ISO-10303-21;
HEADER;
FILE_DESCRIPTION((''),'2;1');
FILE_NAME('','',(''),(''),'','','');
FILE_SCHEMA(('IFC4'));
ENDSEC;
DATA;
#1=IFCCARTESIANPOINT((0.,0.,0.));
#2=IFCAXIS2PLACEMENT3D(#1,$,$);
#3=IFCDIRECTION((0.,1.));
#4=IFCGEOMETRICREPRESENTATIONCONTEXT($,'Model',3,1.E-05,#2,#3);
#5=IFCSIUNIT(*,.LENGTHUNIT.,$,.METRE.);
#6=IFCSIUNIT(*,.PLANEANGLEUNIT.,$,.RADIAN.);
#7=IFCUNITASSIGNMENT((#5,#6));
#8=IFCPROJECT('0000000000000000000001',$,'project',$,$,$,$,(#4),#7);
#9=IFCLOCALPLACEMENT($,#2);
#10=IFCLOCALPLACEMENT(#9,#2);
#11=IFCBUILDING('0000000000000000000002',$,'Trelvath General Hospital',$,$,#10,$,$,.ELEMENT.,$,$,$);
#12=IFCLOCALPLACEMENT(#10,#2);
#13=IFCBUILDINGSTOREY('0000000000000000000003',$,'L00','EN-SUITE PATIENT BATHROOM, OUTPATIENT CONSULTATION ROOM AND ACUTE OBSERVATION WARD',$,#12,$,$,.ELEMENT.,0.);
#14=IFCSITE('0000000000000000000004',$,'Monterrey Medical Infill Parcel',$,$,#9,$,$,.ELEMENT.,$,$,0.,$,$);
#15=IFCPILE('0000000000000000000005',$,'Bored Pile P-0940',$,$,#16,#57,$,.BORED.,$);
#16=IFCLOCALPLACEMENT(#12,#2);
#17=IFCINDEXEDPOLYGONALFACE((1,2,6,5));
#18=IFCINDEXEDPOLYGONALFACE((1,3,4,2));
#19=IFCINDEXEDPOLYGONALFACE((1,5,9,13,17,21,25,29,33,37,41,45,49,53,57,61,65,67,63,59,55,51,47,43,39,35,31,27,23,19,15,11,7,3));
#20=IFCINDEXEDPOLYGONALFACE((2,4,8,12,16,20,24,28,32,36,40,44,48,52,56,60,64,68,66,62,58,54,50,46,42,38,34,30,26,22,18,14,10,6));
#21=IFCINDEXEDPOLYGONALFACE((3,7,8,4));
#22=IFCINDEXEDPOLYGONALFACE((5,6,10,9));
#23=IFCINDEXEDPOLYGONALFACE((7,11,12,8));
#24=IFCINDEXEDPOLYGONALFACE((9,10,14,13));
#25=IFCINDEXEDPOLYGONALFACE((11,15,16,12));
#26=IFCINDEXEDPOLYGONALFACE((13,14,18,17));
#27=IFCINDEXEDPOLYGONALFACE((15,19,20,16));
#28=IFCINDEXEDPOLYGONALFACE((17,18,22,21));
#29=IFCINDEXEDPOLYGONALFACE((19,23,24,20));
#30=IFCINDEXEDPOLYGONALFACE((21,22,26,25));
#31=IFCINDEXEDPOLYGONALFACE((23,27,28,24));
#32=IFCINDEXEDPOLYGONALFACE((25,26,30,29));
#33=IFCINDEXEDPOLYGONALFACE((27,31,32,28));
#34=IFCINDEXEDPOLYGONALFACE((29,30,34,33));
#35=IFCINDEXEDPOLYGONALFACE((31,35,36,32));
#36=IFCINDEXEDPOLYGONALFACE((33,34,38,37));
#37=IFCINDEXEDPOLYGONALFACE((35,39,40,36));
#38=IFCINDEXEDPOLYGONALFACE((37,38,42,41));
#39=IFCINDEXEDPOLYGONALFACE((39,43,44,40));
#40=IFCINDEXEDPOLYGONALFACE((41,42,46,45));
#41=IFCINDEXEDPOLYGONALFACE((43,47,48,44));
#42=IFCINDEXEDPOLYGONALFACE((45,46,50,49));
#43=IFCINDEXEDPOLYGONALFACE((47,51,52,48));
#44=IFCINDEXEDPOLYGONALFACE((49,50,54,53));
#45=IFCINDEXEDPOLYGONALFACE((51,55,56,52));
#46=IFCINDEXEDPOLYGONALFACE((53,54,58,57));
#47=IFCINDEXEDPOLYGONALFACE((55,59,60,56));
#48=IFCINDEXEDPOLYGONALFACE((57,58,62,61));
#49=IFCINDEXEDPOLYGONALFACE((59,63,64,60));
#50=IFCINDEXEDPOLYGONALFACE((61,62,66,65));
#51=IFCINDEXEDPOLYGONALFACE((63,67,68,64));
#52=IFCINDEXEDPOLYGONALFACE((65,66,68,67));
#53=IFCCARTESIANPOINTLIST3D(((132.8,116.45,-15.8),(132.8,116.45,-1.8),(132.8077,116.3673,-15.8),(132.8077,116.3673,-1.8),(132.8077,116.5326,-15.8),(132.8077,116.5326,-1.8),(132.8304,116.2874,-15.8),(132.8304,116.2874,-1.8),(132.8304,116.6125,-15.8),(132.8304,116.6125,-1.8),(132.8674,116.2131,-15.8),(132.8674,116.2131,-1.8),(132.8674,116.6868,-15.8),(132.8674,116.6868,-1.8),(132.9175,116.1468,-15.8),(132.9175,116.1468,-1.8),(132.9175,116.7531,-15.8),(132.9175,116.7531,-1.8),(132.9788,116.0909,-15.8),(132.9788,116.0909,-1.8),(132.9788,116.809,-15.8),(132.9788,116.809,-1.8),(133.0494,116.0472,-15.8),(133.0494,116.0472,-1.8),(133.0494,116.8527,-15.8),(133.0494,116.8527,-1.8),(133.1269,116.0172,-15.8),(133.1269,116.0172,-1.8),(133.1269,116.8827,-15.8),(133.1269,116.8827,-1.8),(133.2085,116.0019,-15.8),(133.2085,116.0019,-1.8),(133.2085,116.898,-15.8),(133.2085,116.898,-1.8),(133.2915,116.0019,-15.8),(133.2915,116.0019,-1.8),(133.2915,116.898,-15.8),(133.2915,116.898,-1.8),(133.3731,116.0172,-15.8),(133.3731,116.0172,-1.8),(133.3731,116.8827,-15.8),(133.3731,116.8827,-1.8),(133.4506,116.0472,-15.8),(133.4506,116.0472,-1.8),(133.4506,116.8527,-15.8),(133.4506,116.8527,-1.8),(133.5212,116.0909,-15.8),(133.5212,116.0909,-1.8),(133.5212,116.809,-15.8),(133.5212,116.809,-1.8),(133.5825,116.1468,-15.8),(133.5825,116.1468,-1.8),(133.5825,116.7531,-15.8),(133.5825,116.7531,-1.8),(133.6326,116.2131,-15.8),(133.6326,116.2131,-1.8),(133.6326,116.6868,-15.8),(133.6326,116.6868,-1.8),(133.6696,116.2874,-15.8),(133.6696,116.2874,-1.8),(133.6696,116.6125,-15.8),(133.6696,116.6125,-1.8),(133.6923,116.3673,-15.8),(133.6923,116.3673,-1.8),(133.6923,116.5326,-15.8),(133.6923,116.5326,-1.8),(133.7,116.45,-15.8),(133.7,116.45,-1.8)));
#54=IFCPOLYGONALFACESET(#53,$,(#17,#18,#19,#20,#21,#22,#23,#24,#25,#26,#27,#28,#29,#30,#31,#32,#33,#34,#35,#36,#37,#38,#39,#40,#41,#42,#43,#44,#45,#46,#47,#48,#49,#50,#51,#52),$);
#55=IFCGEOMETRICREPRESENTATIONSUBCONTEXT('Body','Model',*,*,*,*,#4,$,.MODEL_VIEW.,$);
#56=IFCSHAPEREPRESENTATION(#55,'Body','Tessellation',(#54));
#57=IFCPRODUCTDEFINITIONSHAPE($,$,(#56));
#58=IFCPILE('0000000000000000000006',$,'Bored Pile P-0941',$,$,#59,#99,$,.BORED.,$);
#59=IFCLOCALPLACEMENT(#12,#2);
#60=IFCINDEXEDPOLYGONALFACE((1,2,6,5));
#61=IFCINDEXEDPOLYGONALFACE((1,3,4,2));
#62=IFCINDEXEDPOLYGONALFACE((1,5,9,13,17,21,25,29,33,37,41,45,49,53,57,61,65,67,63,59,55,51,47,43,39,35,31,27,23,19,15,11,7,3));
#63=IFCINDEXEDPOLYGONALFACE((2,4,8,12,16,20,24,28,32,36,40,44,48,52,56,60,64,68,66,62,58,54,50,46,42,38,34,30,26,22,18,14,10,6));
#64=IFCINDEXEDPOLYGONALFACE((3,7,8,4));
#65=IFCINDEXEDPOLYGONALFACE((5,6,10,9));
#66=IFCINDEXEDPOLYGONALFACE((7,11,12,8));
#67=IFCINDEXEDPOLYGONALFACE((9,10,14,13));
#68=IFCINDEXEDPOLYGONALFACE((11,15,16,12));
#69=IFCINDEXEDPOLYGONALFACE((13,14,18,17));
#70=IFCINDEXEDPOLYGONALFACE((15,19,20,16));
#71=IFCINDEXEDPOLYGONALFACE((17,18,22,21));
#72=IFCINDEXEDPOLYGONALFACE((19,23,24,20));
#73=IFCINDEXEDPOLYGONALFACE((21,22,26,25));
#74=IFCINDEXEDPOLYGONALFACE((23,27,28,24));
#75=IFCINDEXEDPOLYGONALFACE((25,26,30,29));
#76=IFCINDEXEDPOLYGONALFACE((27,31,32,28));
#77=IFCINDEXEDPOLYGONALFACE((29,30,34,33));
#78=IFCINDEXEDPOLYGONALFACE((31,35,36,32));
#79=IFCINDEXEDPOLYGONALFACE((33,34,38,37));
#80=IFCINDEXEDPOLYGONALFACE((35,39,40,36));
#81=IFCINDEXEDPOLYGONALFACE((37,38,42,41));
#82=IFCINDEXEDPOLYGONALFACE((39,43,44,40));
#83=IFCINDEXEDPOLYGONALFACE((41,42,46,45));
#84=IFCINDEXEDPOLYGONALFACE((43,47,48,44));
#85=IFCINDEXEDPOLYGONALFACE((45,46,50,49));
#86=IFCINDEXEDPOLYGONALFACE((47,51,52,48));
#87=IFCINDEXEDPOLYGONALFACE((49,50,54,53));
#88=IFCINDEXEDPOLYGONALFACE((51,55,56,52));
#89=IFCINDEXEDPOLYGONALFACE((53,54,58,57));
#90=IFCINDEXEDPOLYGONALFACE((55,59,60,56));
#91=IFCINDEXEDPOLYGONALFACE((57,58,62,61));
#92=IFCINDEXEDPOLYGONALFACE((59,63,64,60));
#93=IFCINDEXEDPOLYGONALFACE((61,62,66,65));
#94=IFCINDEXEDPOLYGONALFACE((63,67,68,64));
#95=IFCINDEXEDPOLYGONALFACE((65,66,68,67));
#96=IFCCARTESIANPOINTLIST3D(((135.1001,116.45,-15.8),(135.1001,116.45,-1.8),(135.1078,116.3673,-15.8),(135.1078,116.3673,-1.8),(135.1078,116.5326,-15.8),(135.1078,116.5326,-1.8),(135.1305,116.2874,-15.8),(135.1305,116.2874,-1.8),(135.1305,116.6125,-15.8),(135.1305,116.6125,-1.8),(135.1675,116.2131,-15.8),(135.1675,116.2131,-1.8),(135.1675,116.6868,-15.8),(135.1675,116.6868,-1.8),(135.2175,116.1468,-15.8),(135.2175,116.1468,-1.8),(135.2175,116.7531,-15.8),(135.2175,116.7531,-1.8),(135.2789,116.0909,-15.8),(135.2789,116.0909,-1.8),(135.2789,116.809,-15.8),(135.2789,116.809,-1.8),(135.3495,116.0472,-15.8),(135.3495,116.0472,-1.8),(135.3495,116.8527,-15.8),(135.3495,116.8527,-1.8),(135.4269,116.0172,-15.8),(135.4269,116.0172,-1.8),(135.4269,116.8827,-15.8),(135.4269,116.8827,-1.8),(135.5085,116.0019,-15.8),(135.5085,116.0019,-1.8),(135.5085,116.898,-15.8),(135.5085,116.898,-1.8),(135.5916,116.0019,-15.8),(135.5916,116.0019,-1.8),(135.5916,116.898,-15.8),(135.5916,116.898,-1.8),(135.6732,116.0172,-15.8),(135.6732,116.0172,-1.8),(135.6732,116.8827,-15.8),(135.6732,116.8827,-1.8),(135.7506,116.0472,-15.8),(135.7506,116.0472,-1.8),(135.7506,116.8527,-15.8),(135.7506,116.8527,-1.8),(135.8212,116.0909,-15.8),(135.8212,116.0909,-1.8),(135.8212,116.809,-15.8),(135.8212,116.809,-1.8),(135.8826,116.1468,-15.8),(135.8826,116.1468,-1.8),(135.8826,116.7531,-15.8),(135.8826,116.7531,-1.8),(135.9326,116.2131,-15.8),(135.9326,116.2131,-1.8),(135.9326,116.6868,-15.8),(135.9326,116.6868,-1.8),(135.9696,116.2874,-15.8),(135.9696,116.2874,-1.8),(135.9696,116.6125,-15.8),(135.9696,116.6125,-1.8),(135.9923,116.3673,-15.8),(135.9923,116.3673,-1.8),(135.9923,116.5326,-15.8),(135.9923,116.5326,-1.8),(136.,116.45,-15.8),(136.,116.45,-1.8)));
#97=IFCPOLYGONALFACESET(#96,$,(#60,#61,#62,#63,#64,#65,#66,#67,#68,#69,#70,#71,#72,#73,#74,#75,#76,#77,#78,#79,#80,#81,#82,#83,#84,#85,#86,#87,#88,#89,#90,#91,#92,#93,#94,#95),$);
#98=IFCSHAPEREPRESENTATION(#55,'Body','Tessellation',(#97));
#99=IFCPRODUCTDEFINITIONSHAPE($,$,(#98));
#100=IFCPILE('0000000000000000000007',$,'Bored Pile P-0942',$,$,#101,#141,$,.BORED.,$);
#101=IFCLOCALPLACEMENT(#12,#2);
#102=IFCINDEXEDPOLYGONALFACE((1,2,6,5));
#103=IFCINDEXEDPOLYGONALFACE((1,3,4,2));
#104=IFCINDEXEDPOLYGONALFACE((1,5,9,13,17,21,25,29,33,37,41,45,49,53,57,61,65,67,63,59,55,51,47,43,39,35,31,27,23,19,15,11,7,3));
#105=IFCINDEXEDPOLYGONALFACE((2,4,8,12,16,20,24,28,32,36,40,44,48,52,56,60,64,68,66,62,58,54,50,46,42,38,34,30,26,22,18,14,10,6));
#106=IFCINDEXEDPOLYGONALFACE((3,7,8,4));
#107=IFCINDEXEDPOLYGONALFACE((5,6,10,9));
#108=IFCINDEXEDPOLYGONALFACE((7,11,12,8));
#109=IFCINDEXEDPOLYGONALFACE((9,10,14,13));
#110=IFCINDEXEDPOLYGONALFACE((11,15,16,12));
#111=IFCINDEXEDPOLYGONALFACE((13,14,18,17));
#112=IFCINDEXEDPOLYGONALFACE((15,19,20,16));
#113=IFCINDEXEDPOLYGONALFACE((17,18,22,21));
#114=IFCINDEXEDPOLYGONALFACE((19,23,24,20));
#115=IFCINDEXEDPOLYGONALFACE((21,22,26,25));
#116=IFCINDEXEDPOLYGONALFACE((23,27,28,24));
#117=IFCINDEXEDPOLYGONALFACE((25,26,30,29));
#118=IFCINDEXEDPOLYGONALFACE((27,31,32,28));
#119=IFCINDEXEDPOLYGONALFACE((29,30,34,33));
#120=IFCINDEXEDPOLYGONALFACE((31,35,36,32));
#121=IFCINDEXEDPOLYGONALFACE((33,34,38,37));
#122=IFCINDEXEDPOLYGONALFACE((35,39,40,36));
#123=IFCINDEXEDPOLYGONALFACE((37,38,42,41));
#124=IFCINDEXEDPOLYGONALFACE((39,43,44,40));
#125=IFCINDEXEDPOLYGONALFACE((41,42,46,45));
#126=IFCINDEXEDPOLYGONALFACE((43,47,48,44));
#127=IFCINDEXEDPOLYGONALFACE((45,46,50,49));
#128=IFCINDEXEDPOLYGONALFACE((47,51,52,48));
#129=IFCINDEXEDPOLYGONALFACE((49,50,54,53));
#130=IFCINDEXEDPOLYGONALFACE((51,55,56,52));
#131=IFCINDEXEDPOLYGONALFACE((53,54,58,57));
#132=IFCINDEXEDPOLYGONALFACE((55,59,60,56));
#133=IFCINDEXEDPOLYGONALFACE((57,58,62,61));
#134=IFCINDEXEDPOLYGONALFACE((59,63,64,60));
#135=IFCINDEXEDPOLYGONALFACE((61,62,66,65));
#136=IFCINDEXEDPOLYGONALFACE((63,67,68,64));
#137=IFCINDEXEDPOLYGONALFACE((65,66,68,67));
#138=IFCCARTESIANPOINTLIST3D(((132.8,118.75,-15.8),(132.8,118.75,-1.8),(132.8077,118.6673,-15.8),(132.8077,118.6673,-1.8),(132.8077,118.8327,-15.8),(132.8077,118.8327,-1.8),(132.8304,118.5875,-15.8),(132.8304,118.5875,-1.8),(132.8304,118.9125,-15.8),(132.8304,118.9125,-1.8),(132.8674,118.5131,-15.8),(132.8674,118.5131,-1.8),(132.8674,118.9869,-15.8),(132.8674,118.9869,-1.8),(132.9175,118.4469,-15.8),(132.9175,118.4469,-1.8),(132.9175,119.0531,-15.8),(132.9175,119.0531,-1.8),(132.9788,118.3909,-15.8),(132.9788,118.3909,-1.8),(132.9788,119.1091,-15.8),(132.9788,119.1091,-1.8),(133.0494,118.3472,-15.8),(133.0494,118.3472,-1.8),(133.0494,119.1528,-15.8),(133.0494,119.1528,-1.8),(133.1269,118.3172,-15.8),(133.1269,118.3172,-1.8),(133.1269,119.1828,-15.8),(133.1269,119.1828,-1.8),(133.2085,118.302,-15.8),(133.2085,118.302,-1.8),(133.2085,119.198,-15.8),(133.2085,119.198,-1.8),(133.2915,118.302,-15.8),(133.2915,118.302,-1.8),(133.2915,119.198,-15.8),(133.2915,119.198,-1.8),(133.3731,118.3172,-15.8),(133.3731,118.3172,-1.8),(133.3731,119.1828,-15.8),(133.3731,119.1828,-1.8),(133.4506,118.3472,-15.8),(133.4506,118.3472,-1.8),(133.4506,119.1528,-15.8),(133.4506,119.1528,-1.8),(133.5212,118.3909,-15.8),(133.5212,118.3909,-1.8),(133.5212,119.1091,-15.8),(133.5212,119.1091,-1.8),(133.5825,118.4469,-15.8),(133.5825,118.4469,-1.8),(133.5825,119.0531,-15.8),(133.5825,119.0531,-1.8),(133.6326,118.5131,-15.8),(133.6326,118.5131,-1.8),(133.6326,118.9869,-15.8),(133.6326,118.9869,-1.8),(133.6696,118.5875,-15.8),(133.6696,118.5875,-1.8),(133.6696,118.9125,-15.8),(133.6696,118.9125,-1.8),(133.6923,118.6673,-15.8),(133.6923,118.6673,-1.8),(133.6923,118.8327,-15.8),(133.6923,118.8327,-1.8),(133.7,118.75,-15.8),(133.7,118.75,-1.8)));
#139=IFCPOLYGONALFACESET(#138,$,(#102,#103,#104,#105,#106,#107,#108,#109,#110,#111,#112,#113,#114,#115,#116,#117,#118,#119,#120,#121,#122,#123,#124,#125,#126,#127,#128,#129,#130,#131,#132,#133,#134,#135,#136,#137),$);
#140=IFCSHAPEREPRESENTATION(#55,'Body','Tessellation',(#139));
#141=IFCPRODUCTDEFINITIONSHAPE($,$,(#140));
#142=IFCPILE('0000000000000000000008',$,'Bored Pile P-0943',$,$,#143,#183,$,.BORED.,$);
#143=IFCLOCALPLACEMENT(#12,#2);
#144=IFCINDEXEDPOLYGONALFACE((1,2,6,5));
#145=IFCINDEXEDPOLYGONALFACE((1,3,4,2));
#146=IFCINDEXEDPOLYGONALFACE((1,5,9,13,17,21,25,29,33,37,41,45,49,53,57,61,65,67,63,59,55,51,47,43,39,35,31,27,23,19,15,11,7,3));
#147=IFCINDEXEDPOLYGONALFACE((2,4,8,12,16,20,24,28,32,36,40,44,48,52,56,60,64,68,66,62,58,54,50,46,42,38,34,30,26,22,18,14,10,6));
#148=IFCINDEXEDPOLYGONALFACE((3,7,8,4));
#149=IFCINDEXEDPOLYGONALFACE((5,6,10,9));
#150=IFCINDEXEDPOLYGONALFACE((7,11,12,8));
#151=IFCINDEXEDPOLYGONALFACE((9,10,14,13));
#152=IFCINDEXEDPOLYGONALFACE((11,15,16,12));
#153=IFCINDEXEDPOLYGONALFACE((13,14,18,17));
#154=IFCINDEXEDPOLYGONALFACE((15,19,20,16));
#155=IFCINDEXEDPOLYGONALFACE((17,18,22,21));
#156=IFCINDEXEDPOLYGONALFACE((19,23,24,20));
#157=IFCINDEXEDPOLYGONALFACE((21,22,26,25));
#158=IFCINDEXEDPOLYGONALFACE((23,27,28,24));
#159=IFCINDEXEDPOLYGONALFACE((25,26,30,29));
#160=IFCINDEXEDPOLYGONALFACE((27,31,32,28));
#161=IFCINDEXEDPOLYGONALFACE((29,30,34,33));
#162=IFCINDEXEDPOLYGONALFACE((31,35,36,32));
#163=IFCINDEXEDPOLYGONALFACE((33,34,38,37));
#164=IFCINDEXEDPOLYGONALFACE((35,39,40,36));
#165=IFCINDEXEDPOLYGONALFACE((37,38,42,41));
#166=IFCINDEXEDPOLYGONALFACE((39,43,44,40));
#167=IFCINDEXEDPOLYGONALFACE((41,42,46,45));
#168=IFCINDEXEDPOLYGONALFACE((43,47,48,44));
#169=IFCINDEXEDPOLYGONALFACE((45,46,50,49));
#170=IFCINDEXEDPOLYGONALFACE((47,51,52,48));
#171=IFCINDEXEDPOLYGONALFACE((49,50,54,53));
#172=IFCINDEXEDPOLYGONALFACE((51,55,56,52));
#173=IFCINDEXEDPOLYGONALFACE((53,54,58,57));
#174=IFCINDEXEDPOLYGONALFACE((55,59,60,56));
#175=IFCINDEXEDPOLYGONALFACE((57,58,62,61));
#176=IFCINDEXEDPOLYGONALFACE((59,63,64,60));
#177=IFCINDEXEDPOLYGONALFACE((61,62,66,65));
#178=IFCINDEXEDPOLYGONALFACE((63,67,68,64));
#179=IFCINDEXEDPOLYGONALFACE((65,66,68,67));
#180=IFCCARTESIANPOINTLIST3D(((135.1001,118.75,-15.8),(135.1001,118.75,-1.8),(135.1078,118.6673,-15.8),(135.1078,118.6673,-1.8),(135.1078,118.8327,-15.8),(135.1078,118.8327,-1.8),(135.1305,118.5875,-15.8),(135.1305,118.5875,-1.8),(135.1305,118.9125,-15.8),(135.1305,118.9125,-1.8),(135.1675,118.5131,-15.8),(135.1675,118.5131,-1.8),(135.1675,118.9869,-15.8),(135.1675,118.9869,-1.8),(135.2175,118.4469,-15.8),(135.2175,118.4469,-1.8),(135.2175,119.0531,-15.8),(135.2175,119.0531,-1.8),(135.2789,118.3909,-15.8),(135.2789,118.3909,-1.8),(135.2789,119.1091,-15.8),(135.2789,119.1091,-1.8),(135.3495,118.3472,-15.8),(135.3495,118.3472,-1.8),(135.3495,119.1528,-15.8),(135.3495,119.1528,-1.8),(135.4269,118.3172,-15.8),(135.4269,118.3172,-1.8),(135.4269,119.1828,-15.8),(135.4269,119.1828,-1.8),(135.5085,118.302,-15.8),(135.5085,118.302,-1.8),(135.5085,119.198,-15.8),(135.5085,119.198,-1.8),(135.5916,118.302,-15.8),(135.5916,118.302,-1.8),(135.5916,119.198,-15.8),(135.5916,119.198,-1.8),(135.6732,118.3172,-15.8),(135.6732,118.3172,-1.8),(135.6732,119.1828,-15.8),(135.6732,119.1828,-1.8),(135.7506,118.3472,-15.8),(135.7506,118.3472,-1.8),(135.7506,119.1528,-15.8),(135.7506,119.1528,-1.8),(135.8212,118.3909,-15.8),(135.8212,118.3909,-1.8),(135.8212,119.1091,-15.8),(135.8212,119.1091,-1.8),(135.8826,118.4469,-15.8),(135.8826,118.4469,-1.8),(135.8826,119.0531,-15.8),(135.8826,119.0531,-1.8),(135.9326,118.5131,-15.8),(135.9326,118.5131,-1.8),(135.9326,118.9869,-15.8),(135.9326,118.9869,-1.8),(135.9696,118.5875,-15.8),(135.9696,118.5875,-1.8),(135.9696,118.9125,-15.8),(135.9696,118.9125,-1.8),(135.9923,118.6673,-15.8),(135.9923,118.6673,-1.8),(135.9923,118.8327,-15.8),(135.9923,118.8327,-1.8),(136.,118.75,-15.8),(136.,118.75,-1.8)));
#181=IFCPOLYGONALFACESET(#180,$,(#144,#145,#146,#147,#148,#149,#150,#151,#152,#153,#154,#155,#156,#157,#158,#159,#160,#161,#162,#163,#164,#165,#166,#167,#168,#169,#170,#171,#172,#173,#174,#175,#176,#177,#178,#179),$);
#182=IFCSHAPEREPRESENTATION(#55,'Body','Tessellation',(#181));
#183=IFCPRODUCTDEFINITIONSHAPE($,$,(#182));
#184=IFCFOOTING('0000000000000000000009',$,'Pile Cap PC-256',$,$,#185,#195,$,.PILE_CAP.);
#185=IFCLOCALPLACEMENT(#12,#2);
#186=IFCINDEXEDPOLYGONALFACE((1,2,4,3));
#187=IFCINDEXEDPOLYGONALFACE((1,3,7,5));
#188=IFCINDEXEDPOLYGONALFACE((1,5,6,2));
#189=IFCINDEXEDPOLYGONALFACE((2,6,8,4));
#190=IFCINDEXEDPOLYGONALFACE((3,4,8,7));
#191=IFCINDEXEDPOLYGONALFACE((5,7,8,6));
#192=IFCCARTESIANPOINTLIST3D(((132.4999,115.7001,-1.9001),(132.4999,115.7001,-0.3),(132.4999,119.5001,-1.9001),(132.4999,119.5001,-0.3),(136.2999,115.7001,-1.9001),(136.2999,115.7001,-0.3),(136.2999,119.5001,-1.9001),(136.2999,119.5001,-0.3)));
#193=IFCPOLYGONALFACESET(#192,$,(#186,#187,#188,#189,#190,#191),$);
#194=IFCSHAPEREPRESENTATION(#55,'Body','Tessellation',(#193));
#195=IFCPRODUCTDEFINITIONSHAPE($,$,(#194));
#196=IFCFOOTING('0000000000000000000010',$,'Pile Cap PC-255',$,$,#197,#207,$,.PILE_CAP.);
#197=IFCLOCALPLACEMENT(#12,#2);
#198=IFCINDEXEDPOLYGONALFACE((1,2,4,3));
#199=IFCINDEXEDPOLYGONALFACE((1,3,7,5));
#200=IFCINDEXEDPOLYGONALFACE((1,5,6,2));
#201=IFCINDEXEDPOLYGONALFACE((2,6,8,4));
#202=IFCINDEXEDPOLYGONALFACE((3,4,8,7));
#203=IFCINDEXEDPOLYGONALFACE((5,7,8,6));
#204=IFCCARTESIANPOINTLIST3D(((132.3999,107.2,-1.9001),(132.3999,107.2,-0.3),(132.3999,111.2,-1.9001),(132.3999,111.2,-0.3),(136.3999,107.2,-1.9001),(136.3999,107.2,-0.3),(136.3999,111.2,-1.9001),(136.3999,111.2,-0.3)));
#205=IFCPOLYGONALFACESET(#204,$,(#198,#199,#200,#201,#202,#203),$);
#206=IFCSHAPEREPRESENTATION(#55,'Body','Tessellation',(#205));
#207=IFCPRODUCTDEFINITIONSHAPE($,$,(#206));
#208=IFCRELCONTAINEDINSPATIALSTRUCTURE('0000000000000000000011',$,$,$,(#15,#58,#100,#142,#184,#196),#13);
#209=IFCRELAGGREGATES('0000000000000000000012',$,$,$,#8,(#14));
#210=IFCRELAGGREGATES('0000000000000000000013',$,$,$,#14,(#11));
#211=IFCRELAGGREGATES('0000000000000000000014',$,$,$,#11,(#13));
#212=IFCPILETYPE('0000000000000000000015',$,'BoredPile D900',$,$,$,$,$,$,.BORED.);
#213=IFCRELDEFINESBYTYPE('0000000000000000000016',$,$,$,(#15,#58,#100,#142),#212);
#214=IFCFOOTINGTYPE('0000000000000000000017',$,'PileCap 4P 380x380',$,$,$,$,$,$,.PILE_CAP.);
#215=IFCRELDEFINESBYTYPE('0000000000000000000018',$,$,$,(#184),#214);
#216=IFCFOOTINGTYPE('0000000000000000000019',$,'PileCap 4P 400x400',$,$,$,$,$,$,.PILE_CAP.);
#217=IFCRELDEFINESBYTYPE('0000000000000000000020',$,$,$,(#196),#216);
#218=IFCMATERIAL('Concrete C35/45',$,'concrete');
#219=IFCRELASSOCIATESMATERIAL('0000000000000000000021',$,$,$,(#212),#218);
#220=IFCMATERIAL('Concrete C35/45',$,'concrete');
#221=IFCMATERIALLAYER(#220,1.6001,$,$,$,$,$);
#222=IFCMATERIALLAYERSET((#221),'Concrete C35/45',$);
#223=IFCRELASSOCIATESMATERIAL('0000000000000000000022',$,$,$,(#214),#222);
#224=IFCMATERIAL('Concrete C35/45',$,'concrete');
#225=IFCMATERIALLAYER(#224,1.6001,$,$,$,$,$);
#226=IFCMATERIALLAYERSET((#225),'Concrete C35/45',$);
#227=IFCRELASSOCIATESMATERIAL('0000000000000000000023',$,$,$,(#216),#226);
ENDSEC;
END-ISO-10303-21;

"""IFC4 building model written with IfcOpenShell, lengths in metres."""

from ifc_helpers import new_model, si_unit, direction, frame, origin, origin_2d, place, context, subcontext, project, spatial, rectangle, circle, extrude, material, layer, layer_set, material_profile, profile_set, type_object, element, save


model = new_model("IFC4")

# Units and contexts
model_context = context("Model", 3, precision=1e-05, world=origin(), true_north=direction((0.0, 1.0)))
body_context = subcontext(model_context, "Body", "Model", "MODEL_VIEW")
ifc_project = project(units=[si_unit("LENGTHUNIT", "METRE"), si_unit("PLANEANGLEUNIT", "RADIAN")], contexts=[model_context])

# Site, building, storey
site_placement = place(None, origin())
site = spatial("IfcSite", under=ifc_project, at=site_placement, Name="Monterrey Medical Infill Parcel", CompositionType="ELEMENT", RefElevation=0.0)
building_placement = place(site_placement, origin())
building = spatial("IfcBuilding", under=site, at=building_placement, Name="Trelvath General Hospital", CompositionType="ELEMENT")
storey_placement = place(building_placement, origin())
storey = spatial("IfcBuildingStorey", under=building, at=storey_placement, Name="L00", Description="EN-SUITE PATIENT BATHROOM, OUTPATIENT CONSULTATION ROOM AND ACUTE OBSERVATION WARD", CompositionType="ELEMENT", Elevation=0.0)

# Piles
ifc_material_1 = material(Name="Concrete C35/45", Category="concrete")
ifc_material_profile_1 = material_profile(ifc_material_1, circle(Radius=0.45, at=origin_2d()), Name="PILE900")
ifc_profile_set_1 = profile_set([ifc_material_profile_1], Name="Concrete C35/45")
pile_type_1 = type_object("IfcPileType", Name="BoredPile D900", PredefinedType="BORED", material=ifc_profile_set_1)
for number, where, z_axis, x_axis, name in (
    (1, (133.25, 116.45, -1.8), (0.0, 0.0, -1.0), (1.0, 0.0, 0.0), "Bored Pile P-0940"),
    (2, (135.55, 116.45, -1.8), (0.0, 0.0, -1.0), (1.0, 0.0, 0.0), "Bored Pile P-0941"),
    (3, (133.25, 118.75, -1.8), (0.0, 0.0, -1.0), (1.0, 0.0, 0.0), "Bored Pile P-0942"),
    (4, (135.55, 118.75, -1.8), (0.0, 0.0, -1.0), (1.0, 0.0, 0.0), "Bored Pile P-0943"),
):
    element("IfcPile", number, at=place(storey_placement, frame(where, z_axis=z_axis, x_axis=x_axis)), inside=storey, type_object=pile_type_1, Name=name, PredefinedType="BORED", context=body_context, shape_type="SweptSolid", body=[
        extrude(circle(Radius=0.45, at=origin_2d()), origin(), (0.0, 0.0, 1.0), 14.0),
    ])

# Footings
ifc_material_2 = material(Name="Concrete C35/45", Category="concrete")
ifc_layer_1 = layer(ifc_material_2, 1.6001)
ifc_layer_set_1 = layer_set([ifc_layer_1], Name="Concrete C35/45")
footing_type_1 = type_object("IfcFootingType", Name="PileCap 4P 380x380", PredefinedType="PILE_CAP", material=ifc_layer_set_1)
footing_1_placement = place(storey_placement, frame((134.3999, 117.6001, -1.9001), z_axis=(0.0, 0.0, 1.0), x_axis=(1.0, 0.0, 0.0)))
element("IfcFooting", 5, at=footing_1_placement, inside=storey, type_object=footing_type_1, Name="Pile Cap PC-256", PredefinedType="PILE_CAP", context=body_context, shape_type="SweptSolid", body=[
    extrude(rectangle(XDim=3.8, YDim=3.8, at=origin_2d()), origin(), (0.0, 0.0, 1.0), 1.6001),
])
ifc_material_3 = material(Name="Concrete C35/45", Category="concrete")
ifc_layer_2 = layer(ifc_material_3, 1.6001)
ifc_layer_set_2 = layer_set([ifc_layer_2], Name="Concrete C35/45")
footing_type_2 = type_object("IfcFootingType", Name="PileCap 4P 400x400", PredefinedType="PILE_CAP", material=ifc_layer_set_2)
footing_2_placement = place(storey_placement, frame((134.3999, 109.2, -1.9001), z_axis=(0.0, 0.0, 1.0), x_axis=(1.0, 0.0, 0.0)))
element("IfcFooting", 6, at=footing_2_placement, inside=storey, type_object=footing_type_2, Name="Pile Cap PC-255", PredefinedType="PILE_CAP", context=body_context, shape_type="SweptSolid", body=[
    extrude(rectangle(XDim=4.0, YDim=4.0, at=origin_2d()), origin(), (0.0, 0.0, 1.0), 1.6001),
])

save(model, "model.ifc")
